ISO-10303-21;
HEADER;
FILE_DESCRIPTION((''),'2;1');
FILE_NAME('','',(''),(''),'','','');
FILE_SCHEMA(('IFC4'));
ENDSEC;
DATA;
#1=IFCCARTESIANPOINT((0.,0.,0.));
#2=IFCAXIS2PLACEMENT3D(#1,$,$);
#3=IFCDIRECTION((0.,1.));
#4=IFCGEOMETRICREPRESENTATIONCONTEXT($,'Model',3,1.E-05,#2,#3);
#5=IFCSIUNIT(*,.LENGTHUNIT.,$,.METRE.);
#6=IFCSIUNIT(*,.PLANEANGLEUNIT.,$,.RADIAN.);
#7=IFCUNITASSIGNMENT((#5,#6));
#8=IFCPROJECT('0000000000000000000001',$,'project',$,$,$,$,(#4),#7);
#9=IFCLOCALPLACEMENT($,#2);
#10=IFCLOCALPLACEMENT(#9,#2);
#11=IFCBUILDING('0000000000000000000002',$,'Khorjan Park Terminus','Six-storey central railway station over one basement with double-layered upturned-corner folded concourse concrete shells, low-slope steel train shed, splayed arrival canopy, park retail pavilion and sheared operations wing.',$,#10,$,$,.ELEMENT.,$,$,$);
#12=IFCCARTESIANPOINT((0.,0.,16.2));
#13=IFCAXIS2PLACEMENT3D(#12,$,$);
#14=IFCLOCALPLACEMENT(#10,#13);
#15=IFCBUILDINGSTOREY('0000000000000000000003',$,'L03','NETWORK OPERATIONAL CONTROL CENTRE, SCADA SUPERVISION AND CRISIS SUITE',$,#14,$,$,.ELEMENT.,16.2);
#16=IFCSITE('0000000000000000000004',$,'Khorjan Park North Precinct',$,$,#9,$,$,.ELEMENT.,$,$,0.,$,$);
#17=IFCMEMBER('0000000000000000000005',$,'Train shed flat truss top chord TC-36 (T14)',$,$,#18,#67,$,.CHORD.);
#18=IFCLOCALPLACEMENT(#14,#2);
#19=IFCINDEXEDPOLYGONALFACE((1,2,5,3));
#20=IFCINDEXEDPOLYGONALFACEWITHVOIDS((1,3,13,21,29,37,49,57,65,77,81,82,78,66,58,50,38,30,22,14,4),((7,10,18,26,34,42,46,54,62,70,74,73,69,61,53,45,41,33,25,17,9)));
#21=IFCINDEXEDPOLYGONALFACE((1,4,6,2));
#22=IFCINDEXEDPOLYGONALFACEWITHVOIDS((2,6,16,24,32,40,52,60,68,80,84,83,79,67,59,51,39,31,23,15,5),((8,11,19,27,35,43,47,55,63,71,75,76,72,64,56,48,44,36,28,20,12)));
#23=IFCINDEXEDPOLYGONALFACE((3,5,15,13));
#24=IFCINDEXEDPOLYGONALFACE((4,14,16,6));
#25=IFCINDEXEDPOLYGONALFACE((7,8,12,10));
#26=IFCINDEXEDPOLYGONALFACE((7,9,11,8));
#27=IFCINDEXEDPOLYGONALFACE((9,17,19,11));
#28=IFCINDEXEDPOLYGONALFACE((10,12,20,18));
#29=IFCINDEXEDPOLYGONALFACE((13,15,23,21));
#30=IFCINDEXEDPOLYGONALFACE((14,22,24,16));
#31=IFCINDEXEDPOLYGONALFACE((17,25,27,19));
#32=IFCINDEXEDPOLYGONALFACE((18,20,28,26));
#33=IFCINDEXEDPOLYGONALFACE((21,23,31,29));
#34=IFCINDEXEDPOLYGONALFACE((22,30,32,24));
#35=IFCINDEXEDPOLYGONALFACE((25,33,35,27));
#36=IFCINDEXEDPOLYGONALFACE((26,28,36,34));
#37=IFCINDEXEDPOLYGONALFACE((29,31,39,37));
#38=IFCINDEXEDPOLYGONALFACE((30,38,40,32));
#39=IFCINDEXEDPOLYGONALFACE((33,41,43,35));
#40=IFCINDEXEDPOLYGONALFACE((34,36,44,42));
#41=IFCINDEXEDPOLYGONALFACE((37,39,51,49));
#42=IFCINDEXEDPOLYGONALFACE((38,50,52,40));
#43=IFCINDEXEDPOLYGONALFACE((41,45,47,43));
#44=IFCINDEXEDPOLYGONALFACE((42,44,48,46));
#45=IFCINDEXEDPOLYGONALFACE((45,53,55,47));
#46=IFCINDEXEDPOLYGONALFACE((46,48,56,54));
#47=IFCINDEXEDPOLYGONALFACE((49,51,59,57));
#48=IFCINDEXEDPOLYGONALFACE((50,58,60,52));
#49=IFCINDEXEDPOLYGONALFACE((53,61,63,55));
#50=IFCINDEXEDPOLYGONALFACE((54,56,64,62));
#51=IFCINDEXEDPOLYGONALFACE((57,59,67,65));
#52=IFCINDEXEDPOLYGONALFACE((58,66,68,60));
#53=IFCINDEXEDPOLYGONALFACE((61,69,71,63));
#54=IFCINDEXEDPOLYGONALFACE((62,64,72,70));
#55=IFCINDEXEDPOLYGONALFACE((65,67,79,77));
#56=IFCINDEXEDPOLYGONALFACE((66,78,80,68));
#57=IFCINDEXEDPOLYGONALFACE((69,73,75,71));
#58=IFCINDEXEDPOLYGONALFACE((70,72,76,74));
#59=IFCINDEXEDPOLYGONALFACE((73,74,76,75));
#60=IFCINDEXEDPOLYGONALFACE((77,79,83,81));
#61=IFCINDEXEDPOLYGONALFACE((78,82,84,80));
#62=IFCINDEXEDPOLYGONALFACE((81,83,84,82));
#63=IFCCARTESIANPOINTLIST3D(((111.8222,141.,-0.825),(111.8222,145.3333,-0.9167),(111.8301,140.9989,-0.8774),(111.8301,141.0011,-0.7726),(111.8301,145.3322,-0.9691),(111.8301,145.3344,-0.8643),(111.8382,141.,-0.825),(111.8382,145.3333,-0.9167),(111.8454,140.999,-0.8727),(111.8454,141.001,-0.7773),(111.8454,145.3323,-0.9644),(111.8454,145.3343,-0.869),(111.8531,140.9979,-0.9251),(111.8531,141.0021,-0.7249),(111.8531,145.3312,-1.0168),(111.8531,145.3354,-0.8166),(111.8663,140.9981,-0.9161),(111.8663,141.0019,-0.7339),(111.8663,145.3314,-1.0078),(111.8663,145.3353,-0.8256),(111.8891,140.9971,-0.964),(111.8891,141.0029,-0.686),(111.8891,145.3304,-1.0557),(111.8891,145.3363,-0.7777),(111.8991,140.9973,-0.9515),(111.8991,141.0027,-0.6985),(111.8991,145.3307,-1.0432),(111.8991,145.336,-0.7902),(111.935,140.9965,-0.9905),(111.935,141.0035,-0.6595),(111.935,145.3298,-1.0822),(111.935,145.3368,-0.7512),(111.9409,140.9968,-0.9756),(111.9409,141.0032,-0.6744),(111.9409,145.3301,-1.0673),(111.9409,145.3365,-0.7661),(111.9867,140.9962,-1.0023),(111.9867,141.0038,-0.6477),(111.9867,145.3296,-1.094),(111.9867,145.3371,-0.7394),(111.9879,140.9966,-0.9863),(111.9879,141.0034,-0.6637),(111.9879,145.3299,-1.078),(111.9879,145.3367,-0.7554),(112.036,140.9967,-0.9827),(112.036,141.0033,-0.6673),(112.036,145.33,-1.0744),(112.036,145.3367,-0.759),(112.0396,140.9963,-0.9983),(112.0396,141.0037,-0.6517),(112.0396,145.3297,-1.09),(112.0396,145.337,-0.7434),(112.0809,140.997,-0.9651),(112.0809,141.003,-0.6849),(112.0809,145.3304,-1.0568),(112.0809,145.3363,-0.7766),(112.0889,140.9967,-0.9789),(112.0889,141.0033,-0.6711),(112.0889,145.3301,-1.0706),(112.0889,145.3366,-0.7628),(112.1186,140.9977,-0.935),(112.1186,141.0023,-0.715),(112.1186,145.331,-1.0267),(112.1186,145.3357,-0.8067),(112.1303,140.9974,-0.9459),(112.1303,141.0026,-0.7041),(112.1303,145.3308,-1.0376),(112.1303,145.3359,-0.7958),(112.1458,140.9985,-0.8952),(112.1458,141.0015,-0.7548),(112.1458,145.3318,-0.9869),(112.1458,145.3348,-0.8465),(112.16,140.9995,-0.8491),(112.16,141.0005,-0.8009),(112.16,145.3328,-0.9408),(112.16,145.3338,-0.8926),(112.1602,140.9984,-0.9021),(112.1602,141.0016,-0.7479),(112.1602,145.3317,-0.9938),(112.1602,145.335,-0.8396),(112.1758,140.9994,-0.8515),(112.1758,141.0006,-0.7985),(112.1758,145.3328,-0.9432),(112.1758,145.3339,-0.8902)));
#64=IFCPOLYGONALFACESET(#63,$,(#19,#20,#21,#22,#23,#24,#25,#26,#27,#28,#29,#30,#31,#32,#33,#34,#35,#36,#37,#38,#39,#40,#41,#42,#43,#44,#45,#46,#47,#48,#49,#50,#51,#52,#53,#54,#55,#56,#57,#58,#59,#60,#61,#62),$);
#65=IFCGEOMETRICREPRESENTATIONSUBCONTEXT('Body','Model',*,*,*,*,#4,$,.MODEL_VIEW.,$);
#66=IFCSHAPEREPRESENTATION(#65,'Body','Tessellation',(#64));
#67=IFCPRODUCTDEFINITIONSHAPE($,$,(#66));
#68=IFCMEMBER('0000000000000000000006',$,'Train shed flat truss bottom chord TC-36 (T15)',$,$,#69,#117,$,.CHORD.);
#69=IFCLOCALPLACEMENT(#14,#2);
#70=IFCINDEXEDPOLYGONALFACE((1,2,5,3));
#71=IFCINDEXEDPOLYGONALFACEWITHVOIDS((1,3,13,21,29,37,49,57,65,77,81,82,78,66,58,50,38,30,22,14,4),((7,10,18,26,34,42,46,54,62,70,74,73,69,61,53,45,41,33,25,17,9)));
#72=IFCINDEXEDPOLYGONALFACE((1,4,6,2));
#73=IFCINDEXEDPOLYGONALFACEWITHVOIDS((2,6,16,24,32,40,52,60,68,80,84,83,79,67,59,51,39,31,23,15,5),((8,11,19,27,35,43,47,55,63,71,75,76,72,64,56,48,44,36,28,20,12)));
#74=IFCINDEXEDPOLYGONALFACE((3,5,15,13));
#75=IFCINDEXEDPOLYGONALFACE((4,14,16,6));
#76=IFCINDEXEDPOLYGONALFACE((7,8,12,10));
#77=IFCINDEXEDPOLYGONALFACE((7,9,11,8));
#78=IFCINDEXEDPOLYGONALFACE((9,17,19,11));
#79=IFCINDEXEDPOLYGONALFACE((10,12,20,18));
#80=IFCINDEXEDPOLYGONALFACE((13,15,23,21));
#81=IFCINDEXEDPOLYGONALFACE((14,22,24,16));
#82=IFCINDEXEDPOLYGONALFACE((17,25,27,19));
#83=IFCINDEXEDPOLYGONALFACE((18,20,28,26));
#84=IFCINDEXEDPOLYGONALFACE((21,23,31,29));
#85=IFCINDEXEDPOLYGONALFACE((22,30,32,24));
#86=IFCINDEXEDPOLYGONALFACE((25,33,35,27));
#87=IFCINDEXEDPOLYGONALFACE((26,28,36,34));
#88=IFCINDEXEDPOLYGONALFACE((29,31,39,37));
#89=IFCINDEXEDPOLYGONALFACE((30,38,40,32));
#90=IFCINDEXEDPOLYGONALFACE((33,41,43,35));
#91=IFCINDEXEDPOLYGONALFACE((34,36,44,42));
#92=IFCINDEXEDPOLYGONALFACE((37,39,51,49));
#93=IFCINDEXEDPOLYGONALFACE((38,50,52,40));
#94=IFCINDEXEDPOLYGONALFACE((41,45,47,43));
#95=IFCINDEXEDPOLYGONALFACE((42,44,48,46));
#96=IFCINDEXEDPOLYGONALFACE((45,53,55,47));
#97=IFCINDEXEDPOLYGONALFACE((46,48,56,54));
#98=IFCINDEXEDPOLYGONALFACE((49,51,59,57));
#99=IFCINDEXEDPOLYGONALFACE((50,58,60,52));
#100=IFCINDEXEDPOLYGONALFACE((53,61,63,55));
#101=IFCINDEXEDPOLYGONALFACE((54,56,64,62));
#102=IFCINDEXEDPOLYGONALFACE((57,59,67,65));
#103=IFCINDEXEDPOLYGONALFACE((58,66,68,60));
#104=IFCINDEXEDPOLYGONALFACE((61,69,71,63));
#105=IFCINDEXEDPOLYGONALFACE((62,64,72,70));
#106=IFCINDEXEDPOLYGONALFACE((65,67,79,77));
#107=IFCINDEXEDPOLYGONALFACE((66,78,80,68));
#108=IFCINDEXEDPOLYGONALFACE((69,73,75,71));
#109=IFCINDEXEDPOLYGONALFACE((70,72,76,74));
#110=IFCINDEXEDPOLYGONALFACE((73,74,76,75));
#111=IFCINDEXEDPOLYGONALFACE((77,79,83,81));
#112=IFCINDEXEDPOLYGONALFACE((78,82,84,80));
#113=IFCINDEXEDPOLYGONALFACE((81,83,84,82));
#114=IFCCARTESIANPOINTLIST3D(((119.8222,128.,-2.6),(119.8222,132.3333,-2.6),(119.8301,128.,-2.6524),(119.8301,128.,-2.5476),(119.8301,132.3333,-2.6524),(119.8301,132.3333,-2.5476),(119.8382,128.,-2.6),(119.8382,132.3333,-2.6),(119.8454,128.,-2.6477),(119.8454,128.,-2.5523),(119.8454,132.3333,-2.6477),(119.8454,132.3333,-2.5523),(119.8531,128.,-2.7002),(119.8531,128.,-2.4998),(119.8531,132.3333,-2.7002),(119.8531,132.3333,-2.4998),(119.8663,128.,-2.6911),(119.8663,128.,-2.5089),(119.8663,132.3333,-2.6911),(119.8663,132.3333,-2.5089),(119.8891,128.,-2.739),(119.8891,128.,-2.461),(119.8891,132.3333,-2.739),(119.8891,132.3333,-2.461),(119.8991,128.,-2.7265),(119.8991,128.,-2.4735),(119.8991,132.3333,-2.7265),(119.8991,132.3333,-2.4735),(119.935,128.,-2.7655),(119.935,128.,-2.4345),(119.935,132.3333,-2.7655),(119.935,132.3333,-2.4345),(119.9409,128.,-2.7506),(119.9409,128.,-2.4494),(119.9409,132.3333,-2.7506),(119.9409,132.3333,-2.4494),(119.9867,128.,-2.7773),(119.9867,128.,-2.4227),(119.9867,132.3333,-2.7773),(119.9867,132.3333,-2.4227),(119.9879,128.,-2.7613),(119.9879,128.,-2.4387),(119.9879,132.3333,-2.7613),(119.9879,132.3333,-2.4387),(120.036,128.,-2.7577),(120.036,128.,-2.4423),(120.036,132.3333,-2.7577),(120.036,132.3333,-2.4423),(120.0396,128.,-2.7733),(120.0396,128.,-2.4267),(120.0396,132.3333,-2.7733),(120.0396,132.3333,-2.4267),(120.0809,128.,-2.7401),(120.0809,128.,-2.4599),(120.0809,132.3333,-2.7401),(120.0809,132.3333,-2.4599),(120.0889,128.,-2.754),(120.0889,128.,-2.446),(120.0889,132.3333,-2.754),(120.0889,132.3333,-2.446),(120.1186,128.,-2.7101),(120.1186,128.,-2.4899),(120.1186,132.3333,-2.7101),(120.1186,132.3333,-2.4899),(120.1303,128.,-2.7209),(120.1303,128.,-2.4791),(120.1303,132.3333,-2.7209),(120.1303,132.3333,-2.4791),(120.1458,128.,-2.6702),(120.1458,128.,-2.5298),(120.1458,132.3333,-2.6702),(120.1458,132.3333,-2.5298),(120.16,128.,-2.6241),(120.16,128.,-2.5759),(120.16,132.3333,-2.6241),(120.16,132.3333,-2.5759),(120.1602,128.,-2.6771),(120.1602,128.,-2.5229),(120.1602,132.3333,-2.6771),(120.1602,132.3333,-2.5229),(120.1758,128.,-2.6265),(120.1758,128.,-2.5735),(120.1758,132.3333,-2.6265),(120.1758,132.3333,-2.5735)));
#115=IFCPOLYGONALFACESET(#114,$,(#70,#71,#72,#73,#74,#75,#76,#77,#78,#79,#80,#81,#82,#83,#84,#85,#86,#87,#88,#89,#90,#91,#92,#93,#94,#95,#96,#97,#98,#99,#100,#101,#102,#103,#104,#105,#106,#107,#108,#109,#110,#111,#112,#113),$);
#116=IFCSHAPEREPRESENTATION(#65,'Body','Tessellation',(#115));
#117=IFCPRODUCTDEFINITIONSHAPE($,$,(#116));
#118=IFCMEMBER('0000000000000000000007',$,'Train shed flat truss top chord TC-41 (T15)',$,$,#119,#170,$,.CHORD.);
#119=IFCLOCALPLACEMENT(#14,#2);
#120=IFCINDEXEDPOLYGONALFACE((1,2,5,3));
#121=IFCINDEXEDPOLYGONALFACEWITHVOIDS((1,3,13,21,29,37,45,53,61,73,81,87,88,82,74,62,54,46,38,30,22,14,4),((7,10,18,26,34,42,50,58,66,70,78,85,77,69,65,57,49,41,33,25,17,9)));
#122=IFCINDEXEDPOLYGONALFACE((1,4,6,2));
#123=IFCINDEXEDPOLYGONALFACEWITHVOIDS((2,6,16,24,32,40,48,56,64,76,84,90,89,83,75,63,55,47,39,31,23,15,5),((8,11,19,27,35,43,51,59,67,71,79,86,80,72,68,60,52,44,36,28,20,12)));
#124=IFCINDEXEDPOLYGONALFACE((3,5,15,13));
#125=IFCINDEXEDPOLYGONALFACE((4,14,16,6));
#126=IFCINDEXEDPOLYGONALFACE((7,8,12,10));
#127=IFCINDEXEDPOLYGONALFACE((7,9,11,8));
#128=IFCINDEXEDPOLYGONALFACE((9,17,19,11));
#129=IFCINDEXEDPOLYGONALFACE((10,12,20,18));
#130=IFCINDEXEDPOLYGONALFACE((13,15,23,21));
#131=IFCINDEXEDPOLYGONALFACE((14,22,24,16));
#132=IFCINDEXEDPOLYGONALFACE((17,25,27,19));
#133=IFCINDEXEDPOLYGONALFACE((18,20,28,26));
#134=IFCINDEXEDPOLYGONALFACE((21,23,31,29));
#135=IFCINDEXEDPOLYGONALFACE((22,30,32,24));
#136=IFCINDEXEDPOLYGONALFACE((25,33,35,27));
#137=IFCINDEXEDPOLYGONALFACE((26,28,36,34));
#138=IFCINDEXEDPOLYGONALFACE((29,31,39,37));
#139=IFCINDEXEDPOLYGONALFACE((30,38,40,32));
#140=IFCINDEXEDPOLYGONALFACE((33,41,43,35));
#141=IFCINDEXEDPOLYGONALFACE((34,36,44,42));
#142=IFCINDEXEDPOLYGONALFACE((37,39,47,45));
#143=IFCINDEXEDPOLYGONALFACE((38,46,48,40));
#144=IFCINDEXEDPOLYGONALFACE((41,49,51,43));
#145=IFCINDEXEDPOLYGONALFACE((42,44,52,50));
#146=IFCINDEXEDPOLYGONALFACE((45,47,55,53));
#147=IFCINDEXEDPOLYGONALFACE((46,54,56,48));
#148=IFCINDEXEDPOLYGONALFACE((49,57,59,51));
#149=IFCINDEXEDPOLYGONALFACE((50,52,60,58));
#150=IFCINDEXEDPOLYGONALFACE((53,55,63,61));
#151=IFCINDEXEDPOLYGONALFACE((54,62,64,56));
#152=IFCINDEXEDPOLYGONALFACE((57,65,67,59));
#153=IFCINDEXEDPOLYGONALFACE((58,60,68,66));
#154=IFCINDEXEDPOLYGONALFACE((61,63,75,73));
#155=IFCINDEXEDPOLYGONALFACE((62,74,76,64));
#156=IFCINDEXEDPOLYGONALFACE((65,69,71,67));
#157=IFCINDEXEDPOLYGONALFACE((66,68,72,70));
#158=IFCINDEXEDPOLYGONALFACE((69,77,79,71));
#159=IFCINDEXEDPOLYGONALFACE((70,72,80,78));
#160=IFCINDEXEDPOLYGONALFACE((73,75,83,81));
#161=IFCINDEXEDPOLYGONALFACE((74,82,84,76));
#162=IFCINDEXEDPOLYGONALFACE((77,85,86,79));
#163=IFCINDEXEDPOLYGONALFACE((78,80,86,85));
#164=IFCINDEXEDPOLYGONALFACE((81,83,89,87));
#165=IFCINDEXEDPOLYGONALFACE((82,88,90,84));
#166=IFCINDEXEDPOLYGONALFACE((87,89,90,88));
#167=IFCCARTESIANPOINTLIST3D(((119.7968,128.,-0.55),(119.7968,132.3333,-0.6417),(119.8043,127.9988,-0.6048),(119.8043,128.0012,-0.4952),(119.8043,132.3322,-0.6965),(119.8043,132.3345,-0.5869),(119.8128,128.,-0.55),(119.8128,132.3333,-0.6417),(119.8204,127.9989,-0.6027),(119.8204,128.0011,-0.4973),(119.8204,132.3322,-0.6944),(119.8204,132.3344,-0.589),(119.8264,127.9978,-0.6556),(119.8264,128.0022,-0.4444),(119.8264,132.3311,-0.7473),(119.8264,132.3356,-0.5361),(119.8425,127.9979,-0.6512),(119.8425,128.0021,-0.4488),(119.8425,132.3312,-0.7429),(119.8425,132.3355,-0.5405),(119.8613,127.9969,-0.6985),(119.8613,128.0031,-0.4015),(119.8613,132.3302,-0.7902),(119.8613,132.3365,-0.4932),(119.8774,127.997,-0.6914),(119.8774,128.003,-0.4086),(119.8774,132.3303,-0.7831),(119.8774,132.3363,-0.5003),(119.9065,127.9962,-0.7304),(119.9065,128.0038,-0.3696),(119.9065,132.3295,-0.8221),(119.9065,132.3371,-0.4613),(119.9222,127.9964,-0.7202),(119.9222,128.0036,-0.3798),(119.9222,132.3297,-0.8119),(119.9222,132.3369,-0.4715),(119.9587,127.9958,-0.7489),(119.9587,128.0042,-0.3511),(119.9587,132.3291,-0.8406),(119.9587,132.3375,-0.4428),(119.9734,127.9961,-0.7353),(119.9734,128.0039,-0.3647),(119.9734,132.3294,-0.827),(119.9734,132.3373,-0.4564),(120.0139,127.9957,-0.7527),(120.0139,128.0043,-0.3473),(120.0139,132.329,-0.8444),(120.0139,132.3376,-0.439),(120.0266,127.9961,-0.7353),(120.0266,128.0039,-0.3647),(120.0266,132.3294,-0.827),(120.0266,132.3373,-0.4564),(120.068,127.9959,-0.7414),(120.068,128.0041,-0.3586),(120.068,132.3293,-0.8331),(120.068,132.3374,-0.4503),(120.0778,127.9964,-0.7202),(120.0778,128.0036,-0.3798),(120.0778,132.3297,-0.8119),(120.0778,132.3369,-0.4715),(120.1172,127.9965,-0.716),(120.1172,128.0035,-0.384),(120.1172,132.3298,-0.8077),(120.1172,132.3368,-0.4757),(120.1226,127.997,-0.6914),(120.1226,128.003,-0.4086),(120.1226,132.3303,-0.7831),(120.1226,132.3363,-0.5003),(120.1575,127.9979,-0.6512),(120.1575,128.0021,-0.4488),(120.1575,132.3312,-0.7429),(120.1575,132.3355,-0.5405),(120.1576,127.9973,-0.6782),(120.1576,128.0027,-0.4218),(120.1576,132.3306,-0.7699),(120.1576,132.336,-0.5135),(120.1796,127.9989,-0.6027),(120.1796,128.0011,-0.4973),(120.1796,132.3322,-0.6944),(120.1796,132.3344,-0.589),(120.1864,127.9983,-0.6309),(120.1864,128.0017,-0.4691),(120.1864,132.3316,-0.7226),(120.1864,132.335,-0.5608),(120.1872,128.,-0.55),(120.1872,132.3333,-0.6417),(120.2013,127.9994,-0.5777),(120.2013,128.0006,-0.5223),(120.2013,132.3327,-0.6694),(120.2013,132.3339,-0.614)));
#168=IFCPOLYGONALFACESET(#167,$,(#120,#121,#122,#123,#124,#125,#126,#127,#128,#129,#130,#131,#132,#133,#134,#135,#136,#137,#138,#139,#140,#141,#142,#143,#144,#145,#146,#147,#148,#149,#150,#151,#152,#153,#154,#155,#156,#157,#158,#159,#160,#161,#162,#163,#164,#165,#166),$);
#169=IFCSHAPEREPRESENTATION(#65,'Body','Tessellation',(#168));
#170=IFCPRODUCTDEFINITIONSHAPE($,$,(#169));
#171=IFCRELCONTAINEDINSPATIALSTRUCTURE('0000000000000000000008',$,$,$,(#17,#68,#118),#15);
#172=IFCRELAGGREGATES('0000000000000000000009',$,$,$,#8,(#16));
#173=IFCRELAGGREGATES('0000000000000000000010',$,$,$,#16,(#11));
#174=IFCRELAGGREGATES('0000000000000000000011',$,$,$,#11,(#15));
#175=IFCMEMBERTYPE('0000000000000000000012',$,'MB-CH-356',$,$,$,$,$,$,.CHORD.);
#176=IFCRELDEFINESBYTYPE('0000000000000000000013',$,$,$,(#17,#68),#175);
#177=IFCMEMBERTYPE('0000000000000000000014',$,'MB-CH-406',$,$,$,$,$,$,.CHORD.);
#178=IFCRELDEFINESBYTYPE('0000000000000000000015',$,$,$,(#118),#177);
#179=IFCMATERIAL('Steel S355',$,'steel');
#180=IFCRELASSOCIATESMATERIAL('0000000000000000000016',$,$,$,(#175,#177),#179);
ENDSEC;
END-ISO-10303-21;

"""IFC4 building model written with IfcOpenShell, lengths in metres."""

from ifc_helpers import new_model, si_unit, direction, frame, origin, origin_2d, place, context, subcontext, project, spatial, hollow_circle, extrude, material, material_profile, profile_set, type_object, element, save


model = new_model("IFC4")

# Units and contexts
model_context = context("Model", 3, precision=1e-05, world=origin(), true_north=direction((0.0, 1.0)))
body_context = subcontext(model_context, "Body", "Model", "MODEL_VIEW")
ifc_project = project(units=[si_unit("LENGTHUNIT", "METRE"), si_unit("PLANEANGLEUNIT", "RADIAN")], contexts=[model_context])

# Site, building, storey
site_placement = place(None, origin())
site = spatial("IfcSite", under=ifc_project, at=site_placement, Name="Khorjan Park North Precinct", CompositionType="ELEMENT", RefElevation=0.0)
building_placement = place(site_placement, origin())
building = spatial("IfcBuilding", under=site, at=building_placement, Name="Khorjan Park Terminus", Description="Six-storey central railway station over one basement with double-layered upturned-corner folded concourse concrete shells, low-slope steel train shed, splayed arrival canopy, park retail pavilion and sheared operations wing.", CompositionType="ELEMENT")
storey_placement = place(building_placement, frame((0.0, 0.0, 16.2)))
storey = spatial("IfcBuildingStorey", under=building, at=storey_placement, Name="L03", Description="NETWORK OPERATIONAL CONTROL CENTRE, SCADA SUPERVISION AND CRISIS SUITE", CompositionType="ELEMENT", Elevation=16.2)

# Members
ifc_material_1 = material(Name="Steel S355", Category="steel")
ifc_material_profile_1 = material_profile(ifc_material_1, hollow_circle(Radius=0.1778, WallThickness=0.016, at=origin_2d()), Name="CHS 355.6x16")
ifc_profile_set_1 = profile_set([ifc_material_profile_1], Name="Steel S355")
member_type_1 = type_object("IfcMemberType", Name="MB-CH-356", PredefinedType="CHORD", material=ifc_profile_set_1)
for number, where, z_axis, x_axis, name in (
    (1, (112.0, 141.0, -0.825), (0.0, 0.999776, -0.021157), (-1.0, 0.0, 0.0), "Train shed flat truss top chord TC-36 (T14)"),
):
    element("IfcMember", number, at=place(storey_placement, frame(where, z_axis=z_axis, x_axis=x_axis)), inside=storey, type_object=member_type_1, Name=name, PredefinedType="CHORD", context=body_context, shape_type="SweptSolid", body=[
        extrude(hollow_circle(Radius=0.1778, WallThickness=0.016, at=origin_2d()), origin(), (0.0, 0.0, 1.0), 4.3343),
    ])
member_1_placement = place(storey_placement, frame((120.0, 128.0, -2.6), z_axis=(0.0, 1.0, 0.0), x_axis=(-1.0, 0.0, 0.0)))
element("IfcMember", 2, at=member_1_placement, inside=storey, type_object=member_type_1, Name="Train shed flat truss bottom chord TC-36 (T15)", PredefinedType="CHORD", context=body_context, shape_type="SweptSolid", body=[
    extrude(hollow_circle(Radius=0.1778, WallThickness=0.016, at=origin_2d()), origin(), (0.0, 0.0, 1.0), 4.3333),
])
ifc_material_profile_2 = material_profile(ifc_material_1, hollow_circle(Radius=0.2032, WallThickness=0.016, at=origin_2d()), Name="CHS 406.4x16")
ifc_profile_set_2 = profile_set([ifc_material_profile_2], Name="Steel S355")
member_type_2 = type_object("IfcMemberType", Name="MB-CH-406", PredefinedType="CHORD", material=ifc_profile_set_2)
member_2_placement = place(storey_placement, frame((120.0, 128.0, -0.55), z_axis=(0.0, 0.999776, -0.021157), x_axis=(-1.0, 0.0, 0.0)))
element("IfcMember", 3, at=member_2_placement, inside=storey, type_object=member_type_2, Name="Train shed flat truss top chord TC-41 (T15)", PredefinedType="CHORD", context=body_context, shape_type="SweptSolid", body=[
    extrude(hollow_circle(Radius=0.2032, WallThickness=0.016, at=origin_2d()), origin(), (0.0, 0.0, 1.0), 4.3343),
])

save(model, "model.ifc")
